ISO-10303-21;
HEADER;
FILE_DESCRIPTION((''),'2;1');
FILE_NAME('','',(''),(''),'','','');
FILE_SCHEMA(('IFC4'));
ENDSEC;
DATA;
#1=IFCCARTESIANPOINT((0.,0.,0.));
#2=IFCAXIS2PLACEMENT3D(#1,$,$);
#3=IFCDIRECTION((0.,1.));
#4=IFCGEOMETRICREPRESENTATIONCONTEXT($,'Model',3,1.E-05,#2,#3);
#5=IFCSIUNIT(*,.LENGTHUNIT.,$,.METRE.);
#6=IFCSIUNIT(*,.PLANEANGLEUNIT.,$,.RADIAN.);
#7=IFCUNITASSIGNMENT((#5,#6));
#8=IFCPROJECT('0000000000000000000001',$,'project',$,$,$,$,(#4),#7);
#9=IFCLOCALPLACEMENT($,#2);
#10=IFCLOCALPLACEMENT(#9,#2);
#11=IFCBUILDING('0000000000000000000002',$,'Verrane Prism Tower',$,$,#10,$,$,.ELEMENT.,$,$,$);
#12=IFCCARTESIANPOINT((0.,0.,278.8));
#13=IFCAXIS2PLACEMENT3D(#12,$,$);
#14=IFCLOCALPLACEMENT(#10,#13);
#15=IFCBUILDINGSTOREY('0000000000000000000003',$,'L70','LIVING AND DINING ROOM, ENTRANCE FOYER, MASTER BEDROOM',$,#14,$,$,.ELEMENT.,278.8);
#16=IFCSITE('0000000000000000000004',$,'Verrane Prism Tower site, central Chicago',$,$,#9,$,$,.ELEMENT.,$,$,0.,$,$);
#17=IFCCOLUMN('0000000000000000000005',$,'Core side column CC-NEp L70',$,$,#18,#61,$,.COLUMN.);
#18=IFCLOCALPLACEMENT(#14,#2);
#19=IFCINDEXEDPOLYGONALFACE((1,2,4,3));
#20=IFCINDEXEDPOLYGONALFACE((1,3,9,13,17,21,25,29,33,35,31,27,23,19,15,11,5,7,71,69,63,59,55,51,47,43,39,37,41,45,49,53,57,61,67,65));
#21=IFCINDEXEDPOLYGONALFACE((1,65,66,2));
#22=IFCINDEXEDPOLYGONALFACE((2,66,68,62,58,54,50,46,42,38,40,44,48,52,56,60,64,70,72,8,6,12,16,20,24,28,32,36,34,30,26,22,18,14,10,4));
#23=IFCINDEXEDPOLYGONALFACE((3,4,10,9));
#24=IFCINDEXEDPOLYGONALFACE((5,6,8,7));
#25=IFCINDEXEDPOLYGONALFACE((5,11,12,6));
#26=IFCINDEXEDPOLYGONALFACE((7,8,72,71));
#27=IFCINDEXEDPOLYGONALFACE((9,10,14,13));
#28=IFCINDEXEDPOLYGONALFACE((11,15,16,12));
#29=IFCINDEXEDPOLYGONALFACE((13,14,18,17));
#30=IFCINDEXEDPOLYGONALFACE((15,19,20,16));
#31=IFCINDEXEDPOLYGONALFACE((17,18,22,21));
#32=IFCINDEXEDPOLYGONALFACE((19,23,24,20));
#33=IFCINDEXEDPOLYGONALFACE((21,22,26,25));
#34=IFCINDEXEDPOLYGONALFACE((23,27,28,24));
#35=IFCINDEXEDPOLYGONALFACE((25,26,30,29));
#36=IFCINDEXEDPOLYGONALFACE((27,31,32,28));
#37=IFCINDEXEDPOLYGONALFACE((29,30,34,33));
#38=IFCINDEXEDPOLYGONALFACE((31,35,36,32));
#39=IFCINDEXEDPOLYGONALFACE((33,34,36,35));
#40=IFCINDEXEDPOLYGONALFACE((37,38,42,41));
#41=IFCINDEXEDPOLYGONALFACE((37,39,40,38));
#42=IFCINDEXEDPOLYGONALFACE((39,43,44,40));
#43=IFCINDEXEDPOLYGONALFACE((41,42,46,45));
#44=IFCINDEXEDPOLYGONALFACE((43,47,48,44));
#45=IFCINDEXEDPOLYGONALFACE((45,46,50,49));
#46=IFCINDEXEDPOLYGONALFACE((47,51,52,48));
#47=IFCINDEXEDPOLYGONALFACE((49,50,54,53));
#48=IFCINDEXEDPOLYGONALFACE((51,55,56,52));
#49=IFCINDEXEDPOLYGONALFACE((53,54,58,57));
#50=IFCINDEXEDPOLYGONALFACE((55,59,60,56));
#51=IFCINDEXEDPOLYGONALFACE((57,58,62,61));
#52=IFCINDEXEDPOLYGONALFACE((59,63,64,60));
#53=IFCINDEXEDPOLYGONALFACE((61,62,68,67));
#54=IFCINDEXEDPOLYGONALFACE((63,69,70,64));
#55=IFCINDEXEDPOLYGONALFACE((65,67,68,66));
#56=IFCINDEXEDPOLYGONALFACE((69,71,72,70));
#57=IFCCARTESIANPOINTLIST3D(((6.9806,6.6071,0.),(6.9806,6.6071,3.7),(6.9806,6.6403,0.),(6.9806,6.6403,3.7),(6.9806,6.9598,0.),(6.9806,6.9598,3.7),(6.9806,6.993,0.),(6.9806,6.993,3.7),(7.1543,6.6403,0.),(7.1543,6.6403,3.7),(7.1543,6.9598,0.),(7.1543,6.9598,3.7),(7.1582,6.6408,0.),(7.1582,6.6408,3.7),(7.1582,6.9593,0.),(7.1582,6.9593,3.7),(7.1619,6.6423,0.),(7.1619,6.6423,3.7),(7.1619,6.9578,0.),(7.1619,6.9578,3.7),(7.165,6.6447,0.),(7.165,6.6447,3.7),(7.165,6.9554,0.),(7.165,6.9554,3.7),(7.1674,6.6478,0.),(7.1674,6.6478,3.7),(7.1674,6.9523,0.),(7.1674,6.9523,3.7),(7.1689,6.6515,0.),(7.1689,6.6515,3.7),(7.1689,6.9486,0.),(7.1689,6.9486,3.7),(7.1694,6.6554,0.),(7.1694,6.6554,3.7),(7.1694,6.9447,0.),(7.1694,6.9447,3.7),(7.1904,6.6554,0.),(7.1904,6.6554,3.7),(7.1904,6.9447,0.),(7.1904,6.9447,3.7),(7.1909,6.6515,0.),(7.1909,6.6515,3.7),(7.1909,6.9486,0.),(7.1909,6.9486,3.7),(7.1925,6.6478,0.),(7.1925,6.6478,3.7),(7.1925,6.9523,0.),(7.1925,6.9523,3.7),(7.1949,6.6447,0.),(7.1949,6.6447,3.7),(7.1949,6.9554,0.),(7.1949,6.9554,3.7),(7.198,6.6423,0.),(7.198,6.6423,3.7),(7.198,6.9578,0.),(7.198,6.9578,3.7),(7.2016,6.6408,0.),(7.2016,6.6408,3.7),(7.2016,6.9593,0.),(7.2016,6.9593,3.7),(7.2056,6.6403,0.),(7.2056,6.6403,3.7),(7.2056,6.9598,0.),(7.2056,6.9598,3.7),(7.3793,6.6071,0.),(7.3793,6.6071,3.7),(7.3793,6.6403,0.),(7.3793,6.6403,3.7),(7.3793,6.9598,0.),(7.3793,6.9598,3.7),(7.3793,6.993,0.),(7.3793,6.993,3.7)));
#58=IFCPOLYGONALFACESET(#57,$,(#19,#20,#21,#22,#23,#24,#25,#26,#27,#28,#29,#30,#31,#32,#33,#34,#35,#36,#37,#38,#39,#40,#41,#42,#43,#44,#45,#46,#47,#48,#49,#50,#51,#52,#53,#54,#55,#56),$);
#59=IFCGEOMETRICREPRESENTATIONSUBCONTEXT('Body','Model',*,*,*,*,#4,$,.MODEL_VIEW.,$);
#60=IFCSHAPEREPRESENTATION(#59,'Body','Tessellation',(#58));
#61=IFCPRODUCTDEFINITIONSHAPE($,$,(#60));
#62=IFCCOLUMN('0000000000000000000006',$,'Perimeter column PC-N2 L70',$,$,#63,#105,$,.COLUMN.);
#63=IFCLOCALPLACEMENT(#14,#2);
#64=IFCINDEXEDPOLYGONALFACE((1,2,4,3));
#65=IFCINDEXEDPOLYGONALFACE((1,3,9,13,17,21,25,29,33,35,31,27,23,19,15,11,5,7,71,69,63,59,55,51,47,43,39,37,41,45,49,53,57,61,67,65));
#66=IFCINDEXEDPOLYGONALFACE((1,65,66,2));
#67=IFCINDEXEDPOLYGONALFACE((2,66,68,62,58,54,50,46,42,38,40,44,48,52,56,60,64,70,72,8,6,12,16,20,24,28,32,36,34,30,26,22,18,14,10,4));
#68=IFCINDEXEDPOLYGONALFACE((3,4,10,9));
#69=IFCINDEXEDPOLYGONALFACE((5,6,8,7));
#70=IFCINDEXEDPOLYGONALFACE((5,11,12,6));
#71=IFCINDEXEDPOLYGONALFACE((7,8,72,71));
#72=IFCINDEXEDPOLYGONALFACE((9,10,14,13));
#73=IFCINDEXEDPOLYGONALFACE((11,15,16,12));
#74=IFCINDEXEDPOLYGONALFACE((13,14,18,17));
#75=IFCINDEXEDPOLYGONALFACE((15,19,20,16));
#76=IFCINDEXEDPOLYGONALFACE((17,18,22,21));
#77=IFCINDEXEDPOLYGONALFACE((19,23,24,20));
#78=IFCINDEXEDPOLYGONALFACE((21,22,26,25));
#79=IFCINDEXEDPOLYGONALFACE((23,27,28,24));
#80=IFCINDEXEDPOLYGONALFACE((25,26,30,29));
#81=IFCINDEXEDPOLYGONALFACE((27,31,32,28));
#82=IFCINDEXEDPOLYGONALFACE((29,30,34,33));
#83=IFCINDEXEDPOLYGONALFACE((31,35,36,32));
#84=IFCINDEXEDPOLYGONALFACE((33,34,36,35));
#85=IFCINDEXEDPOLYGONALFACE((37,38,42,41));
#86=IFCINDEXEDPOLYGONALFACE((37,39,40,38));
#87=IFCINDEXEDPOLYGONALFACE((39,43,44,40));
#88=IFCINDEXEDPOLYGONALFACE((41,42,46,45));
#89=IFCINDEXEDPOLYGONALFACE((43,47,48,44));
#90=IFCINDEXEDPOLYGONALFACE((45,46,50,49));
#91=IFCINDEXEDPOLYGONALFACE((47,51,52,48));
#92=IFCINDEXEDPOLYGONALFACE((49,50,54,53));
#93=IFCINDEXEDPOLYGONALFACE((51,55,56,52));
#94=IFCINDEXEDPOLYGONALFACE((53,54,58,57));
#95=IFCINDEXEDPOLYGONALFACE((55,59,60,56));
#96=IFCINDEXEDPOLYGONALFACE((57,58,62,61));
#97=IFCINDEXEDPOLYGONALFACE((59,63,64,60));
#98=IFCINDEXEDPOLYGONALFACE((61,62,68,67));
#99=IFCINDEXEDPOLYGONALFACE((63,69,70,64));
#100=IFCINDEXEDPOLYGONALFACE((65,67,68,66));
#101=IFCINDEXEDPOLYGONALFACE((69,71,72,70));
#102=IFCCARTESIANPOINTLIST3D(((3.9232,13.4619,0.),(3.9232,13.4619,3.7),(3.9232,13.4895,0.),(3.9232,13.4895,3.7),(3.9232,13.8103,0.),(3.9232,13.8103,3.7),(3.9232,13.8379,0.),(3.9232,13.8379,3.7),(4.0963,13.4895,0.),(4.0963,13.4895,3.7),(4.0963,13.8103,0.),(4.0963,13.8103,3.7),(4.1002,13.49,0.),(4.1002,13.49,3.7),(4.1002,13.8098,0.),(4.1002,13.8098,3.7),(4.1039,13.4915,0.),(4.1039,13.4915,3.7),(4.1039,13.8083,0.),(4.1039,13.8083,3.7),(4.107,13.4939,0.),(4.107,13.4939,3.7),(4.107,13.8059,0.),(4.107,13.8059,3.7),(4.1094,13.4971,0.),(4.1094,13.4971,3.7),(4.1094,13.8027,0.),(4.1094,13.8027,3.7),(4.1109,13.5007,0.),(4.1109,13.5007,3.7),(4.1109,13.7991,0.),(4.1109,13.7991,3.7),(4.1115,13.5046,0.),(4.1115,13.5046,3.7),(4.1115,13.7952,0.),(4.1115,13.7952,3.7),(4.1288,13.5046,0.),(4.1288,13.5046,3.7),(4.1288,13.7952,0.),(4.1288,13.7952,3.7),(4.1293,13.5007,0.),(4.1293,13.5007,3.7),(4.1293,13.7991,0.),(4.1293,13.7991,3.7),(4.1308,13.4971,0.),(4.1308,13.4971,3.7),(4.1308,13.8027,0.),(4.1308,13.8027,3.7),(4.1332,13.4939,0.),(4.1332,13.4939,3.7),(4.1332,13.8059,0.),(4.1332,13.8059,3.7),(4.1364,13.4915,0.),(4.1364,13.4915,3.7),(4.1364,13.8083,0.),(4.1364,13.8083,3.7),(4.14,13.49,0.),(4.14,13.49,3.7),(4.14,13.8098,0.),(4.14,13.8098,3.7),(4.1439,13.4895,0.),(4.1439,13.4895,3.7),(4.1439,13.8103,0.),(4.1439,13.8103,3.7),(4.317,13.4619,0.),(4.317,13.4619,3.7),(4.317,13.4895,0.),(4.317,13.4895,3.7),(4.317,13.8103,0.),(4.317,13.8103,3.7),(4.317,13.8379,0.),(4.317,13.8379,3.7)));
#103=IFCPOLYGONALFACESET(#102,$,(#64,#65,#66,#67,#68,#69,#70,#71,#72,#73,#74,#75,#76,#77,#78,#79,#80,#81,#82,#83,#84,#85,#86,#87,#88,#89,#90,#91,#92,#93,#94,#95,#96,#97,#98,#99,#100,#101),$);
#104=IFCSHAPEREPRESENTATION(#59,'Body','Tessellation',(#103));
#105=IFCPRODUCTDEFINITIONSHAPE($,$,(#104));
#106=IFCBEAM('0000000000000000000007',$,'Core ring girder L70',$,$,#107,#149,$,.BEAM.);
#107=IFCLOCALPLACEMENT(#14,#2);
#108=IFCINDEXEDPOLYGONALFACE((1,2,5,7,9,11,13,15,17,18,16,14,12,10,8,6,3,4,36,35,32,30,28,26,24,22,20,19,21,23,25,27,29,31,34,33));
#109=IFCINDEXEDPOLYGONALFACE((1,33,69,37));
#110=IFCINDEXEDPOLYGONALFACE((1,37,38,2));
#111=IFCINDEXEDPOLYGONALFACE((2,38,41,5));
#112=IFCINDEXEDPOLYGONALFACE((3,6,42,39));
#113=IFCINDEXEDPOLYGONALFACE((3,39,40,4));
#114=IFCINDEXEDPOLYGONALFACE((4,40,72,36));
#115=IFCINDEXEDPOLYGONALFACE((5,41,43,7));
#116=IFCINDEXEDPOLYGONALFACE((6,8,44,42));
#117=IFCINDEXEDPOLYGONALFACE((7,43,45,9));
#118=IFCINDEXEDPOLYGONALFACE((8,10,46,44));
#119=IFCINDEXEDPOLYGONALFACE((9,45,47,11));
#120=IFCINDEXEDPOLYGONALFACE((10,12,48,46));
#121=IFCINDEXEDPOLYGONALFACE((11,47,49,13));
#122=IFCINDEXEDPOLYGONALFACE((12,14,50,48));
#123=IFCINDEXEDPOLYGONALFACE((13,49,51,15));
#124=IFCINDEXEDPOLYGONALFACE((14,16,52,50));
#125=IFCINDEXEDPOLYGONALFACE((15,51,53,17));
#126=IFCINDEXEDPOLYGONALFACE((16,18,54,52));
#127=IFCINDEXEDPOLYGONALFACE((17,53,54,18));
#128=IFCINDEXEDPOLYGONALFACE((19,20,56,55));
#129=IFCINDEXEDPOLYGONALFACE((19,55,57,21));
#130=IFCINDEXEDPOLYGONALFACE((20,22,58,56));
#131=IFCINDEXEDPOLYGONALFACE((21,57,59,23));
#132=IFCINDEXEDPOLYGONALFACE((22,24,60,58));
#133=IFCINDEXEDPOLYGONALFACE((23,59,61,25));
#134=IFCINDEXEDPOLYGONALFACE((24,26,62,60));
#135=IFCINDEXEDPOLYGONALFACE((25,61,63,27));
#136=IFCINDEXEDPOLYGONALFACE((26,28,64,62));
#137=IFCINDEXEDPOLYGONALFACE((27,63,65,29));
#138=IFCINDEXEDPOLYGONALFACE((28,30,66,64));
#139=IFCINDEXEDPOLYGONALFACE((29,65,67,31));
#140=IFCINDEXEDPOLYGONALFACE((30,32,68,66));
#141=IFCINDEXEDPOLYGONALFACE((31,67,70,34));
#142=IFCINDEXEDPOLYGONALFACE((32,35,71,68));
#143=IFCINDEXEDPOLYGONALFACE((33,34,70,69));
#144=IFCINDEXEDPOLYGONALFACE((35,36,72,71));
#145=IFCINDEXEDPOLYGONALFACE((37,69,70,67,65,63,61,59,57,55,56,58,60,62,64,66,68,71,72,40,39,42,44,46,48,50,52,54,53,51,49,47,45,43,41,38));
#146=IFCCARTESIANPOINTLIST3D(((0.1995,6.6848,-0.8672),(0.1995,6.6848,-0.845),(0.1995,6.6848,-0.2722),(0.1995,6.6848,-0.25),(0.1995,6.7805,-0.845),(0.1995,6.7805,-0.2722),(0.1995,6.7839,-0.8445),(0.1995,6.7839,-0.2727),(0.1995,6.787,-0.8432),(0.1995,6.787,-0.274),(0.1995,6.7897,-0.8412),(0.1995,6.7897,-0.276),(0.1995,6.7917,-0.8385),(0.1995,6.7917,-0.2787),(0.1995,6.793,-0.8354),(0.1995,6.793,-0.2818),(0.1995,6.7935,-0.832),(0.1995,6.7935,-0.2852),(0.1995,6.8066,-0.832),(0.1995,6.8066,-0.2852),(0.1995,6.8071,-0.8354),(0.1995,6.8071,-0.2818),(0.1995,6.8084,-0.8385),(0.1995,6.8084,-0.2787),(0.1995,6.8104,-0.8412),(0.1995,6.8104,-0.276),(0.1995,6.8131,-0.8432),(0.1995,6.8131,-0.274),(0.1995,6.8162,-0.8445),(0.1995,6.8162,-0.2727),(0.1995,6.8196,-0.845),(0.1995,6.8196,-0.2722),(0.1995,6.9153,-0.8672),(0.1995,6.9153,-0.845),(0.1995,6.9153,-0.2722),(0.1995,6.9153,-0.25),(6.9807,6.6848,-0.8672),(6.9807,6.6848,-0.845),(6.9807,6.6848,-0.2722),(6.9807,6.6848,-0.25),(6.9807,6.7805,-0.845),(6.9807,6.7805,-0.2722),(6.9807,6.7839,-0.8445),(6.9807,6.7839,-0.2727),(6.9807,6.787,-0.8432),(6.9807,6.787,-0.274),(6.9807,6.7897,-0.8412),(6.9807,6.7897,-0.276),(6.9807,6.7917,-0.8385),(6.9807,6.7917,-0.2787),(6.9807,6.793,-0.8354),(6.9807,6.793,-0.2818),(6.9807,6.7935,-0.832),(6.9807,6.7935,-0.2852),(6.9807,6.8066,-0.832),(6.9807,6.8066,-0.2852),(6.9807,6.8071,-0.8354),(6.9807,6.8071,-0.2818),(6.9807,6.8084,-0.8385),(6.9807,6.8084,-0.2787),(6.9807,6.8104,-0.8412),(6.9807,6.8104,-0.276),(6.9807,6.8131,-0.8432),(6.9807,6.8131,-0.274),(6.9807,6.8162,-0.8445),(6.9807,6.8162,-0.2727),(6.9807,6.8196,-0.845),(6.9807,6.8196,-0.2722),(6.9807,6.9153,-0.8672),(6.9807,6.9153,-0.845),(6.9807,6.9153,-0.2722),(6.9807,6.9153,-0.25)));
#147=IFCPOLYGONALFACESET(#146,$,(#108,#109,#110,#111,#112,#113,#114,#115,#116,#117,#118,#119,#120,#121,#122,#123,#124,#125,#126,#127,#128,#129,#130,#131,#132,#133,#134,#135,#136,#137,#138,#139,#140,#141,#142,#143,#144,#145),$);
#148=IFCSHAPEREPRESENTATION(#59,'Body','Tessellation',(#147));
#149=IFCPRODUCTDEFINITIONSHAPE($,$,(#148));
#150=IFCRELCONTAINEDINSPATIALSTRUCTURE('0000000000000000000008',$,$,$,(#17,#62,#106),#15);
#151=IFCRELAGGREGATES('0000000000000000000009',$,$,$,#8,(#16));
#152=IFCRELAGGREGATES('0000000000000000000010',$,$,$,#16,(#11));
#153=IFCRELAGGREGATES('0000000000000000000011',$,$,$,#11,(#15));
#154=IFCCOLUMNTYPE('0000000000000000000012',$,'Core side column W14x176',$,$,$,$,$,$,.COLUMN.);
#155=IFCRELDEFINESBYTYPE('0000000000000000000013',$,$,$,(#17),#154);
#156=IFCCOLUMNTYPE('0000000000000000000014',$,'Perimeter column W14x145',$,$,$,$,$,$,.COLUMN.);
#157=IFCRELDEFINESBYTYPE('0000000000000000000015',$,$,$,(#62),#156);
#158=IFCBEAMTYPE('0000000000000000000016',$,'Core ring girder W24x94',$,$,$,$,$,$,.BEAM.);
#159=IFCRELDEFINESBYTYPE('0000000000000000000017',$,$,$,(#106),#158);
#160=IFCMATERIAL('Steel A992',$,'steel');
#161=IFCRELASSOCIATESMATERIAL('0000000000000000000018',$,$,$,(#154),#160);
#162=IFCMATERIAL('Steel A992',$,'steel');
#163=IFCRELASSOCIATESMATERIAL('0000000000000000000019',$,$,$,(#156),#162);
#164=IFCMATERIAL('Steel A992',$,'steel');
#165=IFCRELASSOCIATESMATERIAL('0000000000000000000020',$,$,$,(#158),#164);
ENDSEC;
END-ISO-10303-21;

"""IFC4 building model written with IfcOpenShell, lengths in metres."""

from ifc_helpers import new_model, si_unit, direction, frame, origin, origin_2d, place, context, subcontext, project, spatial, i_section, extrude, material, material_profile, profile_set, type_object, element, save


model = new_model("IFC4")

# Units and contexts
model_context = context("Model", 3, precision=1e-05, world=origin(), true_north=direction((0.0, 1.0)))
body_context = subcontext(model_context, "Body", "Model", "MODEL_VIEW")
ifc_project = project(units=[si_unit("LENGTHUNIT", "METRE"), si_unit("PLANEANGLEUNIT", "RADIAN")], contexts=[model_context])

# Site, building, storey
site_placement = place(None, origin())
site = spatial("IfcSite", under=ifc_project, at=site_placement, Name="Verrane Prism Tower site, central Chicago", CompositionType="ELEMENT", RefElevation=0.0)
building_placement = place(site_placement, origin())
building = spatial("IfcBuilding", under=site, at=building_placement, Name="Verrane Prism Tower", CompositionType="ELEMENT")
storey_placement = place(building_placement, frame((0.0, 0.0, 278.8)))
storey = spatial("IfcBuildingStorey", under=building, at=storey_placement, Name="L70", Description="LIVING AND DINING ROOM, ENTRANCE FOYER, MASTER BEDROOM", CompositionType="ELEMENT", Elevation=278.8)

# Columns
ifc_material_1 = material(Name="Steel A992", Category="steel")
ifc_material_profile_1 = material_profile(ifc_material_1, i_section(OverallWidth=0.3987, OverallDepth=0.386, WebThickness=0.021, FlangeThickness=0.0332, FilletRadius=0.0151, at=origin_2d()), Name="W14x176")
ifc_profile_set_1 = profile_set([ifc_material_profile_1], Name="Steel A992")
column_type_1 = type_object("IfcColumnType", Name="Core side column W14x176", PredefinedType="COLUMN", material=ifc_profile_set_1)
column_1_placement = place(storey_placement, frame((7.1799, 6.8, 0.0), z_axis=(0.0, 0.0, 1.0), x_axis=(1.0, 0.0, 0.0)))
element("IfcColumn", 1, at=column_1_placement, inside=storey, type_object=column_type_1, Name="Core side column CC-NEp L70", PredefinedType="COLUMN", context=body_context, shape_type="SweptSolid", body=[
    extrude(i_section(OverallWidth=0.3987, OverallDepth=0.386, WebThickness=0.021, FlangeThickness=0.0332, FilletRadius=0.0151, at=origin_2d()), origin(), (0.0, 0.0, 1.0), 3.7),
])
ifc_material_2 = material(Name="Steel A992", Category="steel")
ifc_material_profile_2 = material_profile(ifc_material_2, i_section(OverallWidth=0.3938, OverallDepth=0.376, WebThickness=0.0173, FlangeThickness=0.0276, FilletRadius=0.0151, at=origin_2d()), Name="W14x145")
ifc_profile_set_2 = profile_set([ifc_material_profile_2], Name="Steel A992")
column_type_2 = type_object("IfcColumnType", Name="Perimeter column W14x145", PredefinedType="COLUMN", material=ifc_profile_set_2)
column_2_placement = place(storey_placement, frame((4.1201, 13.6499, 0.0), z_axis=(0.0, 0.0, 1.0), x_axis=(1.0, 0.0, 0.0)))
element("IfcColumn", 2, at=column_2_placement, inside=storey, type_object=column_type_2, Name="Perimeter column PC-N2 L70", PredefinedType="COLUMN", context=body_context, shape_type="SweptSolid", body=[
    extrude(i_section(OverallWidth=0.3938, OverallDepth=0.376, WebThickness=0.0173, FlangeThickness=0.0276, FilletRadius=0.0151, at=origin_2d()), origin(), (0.0, 0.0, 1.0), 3.7),
])

# Beam
ifc_material_3 = material(Name="Steel A992", Category="steel")
ifc_material_profile_3 = material_profile(ifc_material_3, i_section(OverallWidth=0.2305, OverallDepth=0.6172, WebThickness=0.0132, FlangeThickness=0.0222, FilletRadius=0.0129, at=origin_2d()), Name="W24x94")
ifc_profile_set_3 = profile_set([ifc_material_profile_3], Name="Steel A992")
beam_type_1 = type_object("IfcBeamType", Name="Core ring girder W24x94", PredefinedType="BEAM", material=ifc_profile_set_3)
beam_1_placement = place(storey_placement, frame((6.9807, 6.8, -0.5586), z_axis=(-1.0, 0.0, 0.0), x_axis=(0.0, -1.0, 0.0)))
element("IfcBeam", 3, at=beam_1_placement, inside=storey, type_object=beam_type_1, Name="Core ring girder L70", PredefinedType="BEAM", context=body_context, shape_type="SweptSolid", body=[
    extrude(i_section(OverallWidth=0.2305, OverallDepth=0.6172, WebThickness=0.0132, FlangeThickness=0.0222, FilletRadius=0.0129, at=origin_2d()), origin(), (0.0, 0.0, 1.0), 6.7812),
])

save(model, "model.ifc")
